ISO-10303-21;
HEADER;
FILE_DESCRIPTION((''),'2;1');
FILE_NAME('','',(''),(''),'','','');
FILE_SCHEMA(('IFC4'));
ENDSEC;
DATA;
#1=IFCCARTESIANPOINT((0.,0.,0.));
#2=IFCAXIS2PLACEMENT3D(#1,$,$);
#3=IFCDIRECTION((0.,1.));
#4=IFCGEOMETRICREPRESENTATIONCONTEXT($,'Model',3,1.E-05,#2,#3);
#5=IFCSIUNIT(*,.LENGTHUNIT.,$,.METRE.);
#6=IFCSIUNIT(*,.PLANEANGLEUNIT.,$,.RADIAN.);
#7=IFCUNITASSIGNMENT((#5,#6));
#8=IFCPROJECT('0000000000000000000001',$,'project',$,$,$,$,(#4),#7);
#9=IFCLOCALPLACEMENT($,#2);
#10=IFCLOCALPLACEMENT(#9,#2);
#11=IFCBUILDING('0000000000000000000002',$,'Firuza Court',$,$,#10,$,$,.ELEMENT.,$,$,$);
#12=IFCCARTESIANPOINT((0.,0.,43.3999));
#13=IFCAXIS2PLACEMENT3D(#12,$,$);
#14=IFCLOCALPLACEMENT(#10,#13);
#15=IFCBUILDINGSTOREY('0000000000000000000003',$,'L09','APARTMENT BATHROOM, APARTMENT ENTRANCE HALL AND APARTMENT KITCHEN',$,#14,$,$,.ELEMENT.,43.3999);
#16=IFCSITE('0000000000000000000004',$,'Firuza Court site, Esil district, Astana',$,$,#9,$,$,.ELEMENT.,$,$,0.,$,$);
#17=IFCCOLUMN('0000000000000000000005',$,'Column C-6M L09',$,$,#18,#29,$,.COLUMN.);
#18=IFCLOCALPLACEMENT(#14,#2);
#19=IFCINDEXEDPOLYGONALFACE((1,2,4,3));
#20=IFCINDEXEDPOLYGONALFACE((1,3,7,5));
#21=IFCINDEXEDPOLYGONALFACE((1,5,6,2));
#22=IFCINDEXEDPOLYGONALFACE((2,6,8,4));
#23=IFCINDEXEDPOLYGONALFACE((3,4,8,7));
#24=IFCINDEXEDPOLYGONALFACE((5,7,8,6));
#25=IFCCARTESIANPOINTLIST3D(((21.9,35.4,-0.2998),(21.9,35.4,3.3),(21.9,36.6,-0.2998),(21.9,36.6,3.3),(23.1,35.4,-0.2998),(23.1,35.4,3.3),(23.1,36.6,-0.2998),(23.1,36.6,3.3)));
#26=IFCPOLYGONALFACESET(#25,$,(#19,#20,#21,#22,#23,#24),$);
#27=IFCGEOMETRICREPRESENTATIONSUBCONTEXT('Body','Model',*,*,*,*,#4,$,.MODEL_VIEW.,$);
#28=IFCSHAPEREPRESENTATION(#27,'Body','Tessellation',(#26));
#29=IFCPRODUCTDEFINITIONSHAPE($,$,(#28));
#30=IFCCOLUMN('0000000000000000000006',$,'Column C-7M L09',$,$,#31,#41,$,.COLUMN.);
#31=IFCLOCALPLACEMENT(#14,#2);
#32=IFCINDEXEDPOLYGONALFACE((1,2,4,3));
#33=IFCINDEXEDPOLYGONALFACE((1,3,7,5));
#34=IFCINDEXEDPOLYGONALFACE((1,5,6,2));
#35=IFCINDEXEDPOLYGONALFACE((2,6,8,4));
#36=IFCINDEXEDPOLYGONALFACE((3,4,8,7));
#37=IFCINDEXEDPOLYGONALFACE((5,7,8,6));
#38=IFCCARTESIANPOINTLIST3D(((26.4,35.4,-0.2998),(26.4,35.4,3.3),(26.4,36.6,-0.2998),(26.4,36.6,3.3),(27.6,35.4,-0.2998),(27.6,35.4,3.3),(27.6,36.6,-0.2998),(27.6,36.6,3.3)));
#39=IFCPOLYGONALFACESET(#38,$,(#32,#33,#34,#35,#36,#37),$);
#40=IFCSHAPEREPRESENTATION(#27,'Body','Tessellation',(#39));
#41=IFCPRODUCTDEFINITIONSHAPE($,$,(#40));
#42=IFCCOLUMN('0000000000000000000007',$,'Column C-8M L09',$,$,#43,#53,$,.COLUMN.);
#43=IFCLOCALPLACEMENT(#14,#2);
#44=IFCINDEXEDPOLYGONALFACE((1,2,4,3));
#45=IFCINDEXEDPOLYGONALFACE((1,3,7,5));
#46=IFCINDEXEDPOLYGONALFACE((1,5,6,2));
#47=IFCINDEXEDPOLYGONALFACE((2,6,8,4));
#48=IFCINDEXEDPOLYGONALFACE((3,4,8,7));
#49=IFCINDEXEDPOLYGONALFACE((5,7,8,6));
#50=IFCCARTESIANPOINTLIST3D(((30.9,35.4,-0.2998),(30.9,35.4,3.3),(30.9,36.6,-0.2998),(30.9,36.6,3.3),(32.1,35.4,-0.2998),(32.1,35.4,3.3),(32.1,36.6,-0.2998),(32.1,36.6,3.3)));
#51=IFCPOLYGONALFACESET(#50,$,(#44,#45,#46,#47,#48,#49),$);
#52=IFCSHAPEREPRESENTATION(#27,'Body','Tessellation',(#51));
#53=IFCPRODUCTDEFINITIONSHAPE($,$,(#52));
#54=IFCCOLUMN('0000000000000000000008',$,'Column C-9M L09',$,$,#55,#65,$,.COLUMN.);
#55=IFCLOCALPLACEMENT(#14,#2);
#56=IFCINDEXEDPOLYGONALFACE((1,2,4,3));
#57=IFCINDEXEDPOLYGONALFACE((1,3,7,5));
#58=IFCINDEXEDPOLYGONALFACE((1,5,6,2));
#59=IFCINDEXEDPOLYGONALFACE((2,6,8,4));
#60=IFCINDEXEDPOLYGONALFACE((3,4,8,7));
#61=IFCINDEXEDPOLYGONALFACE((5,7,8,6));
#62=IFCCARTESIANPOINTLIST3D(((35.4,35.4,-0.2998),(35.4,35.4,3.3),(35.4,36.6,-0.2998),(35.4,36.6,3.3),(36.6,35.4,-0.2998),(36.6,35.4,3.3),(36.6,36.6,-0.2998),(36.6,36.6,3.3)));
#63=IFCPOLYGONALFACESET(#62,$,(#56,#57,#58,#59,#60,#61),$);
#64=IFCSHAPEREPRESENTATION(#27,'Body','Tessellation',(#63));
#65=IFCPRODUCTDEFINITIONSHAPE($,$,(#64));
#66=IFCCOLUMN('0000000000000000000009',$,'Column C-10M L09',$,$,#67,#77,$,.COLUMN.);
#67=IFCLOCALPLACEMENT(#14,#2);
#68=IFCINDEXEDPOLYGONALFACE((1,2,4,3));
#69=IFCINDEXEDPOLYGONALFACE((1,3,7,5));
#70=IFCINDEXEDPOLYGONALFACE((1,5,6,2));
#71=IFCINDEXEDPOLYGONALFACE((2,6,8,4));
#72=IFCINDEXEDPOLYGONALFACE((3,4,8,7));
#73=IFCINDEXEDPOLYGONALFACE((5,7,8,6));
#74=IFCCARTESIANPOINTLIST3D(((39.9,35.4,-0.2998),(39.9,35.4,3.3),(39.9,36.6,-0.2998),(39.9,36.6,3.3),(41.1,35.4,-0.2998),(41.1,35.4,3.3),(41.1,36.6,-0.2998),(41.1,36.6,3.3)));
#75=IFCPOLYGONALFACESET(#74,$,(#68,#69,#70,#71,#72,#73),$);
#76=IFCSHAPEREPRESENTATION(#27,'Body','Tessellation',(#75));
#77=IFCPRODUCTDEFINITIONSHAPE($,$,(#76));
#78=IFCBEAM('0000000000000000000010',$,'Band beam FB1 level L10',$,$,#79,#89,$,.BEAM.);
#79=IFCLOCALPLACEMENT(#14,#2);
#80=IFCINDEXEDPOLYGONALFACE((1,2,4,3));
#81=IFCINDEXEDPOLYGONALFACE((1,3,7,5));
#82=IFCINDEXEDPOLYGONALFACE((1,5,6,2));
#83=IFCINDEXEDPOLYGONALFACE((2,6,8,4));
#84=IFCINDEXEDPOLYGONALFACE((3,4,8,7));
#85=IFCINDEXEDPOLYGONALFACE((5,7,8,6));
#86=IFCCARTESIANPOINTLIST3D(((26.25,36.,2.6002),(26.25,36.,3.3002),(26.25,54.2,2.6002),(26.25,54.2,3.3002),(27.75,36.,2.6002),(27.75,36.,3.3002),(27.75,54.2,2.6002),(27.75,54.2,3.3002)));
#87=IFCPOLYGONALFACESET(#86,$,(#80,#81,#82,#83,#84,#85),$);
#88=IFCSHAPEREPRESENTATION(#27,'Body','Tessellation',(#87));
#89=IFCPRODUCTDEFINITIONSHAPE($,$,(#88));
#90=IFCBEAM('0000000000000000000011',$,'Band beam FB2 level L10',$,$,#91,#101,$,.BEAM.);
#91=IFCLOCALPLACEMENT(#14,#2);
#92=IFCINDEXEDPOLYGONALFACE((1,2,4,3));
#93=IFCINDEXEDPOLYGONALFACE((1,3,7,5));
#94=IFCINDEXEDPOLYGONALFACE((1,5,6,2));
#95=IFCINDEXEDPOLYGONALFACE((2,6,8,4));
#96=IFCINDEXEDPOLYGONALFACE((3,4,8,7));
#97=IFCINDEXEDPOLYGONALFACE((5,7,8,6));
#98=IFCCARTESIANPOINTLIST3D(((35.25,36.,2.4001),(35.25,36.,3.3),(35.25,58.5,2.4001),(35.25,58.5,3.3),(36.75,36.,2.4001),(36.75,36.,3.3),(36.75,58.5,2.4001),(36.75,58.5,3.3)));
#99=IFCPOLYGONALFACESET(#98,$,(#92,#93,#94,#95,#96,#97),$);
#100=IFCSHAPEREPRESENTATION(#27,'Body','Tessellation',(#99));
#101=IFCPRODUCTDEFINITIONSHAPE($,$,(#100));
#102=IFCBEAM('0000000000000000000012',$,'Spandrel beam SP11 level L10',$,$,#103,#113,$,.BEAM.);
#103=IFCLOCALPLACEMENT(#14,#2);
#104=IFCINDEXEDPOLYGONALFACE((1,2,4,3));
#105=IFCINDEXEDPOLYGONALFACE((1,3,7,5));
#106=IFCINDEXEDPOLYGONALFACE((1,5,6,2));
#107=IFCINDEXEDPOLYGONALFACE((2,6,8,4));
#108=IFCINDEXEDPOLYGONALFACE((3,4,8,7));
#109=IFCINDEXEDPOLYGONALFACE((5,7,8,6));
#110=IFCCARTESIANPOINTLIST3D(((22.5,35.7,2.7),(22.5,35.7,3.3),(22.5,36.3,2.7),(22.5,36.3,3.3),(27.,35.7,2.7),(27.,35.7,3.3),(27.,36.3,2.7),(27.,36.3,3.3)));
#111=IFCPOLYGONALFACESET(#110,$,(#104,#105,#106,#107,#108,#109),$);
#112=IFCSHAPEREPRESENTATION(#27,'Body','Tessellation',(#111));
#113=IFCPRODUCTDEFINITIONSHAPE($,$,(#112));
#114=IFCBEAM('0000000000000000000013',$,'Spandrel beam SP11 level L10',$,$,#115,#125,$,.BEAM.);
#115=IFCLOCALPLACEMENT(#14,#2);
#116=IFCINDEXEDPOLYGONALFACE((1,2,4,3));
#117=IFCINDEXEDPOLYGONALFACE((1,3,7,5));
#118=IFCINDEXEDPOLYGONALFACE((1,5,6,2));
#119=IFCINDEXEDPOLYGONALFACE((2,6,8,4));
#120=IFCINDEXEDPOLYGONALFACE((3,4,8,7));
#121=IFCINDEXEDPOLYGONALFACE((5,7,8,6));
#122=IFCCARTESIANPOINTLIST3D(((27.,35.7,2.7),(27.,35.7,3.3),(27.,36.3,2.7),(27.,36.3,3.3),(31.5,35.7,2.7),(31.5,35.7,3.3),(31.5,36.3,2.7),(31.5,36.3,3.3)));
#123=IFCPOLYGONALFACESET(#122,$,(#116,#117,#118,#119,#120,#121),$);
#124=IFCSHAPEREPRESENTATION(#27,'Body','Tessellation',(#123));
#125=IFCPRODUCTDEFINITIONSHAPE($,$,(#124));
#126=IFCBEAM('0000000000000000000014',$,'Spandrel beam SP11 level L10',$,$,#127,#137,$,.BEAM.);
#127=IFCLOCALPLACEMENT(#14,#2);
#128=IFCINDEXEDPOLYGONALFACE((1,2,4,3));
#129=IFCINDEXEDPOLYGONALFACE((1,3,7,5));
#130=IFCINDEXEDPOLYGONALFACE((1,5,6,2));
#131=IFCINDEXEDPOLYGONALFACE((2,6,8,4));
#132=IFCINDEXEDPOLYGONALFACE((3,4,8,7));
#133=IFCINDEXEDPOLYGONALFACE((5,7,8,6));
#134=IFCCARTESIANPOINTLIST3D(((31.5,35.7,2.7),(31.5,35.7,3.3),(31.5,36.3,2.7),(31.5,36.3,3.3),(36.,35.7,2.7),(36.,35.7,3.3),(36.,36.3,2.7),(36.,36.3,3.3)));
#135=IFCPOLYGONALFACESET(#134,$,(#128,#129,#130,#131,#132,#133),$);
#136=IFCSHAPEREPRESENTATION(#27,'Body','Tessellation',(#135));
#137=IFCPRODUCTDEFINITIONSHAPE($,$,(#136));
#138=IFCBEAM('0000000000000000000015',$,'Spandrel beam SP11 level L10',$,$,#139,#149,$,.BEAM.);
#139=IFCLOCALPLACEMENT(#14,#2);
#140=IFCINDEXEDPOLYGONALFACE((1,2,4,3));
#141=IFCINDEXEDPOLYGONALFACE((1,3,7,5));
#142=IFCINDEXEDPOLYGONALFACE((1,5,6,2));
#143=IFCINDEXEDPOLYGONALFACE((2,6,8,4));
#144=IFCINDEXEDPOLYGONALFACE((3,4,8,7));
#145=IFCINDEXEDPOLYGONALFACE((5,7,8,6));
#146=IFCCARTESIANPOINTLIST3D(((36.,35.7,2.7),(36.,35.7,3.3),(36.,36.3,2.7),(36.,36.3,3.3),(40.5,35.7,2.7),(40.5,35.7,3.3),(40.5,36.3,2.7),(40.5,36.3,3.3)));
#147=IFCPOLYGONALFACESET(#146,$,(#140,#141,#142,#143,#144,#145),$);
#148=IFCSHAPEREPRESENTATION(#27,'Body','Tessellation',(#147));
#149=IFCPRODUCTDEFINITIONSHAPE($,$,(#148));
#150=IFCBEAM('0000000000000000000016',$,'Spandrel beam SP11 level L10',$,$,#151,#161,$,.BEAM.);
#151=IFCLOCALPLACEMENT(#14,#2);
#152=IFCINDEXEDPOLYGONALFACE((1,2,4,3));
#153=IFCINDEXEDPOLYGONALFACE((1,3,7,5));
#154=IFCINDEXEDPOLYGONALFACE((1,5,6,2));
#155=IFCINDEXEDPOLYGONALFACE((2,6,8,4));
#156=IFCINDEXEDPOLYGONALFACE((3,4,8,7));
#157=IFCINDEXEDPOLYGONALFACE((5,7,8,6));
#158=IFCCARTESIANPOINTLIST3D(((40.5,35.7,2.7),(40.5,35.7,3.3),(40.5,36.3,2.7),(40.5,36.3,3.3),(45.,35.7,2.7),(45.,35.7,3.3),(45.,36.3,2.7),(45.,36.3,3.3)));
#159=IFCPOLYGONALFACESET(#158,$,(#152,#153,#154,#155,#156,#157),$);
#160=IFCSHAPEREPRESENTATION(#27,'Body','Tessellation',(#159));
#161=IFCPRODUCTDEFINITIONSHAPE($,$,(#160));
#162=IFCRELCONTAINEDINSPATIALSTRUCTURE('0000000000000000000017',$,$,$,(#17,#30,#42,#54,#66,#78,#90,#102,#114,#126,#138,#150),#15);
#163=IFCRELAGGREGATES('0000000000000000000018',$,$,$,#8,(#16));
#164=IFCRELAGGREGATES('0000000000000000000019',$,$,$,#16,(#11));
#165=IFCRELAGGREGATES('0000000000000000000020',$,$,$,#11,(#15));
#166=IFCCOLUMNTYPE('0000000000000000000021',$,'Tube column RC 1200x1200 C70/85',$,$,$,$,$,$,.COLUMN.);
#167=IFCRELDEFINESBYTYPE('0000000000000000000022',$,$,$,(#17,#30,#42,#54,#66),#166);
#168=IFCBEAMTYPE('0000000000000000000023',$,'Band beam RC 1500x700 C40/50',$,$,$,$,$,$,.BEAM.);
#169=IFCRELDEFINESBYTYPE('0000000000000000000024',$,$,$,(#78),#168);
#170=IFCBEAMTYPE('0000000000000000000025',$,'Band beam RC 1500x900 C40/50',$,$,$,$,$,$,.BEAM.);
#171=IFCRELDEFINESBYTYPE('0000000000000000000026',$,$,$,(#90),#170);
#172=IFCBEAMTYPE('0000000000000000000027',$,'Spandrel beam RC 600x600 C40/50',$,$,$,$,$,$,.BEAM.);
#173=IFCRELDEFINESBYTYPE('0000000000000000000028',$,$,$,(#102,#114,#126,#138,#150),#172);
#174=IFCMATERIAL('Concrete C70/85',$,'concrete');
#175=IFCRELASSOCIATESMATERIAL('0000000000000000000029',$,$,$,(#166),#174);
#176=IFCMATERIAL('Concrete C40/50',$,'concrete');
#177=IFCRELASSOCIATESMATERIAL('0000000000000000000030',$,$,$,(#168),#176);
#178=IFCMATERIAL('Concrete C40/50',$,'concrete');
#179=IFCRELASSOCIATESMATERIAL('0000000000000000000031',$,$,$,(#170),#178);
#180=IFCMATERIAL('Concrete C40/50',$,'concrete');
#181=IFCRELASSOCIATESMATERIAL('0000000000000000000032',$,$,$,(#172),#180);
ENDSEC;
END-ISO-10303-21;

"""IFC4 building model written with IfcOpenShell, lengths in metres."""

from ifc_helpers import new_model, si_unit, direction, frame, origin, origin_2d, place, context, subcontext, project, spatial, rectangle, extrude, material, material_profile, profile_set, type_object, element, save


model = new_model("IFC4")

# Units and contexts
model_context = context("Model", 3, precision=1e-05, world=origin(), true_north=direction((0.0, 1.0)))
body_context = subcontext(model_context, "Body", "Model", "MODEL_VIEW")
ifc_project = project(units=[si_unit("LENGTHUNIT", "METRE"), si_unit("PLANEANGLEUNIT", "RADIAN")], contexts=[model_context])

# Site, building, storey
site_placement = place(None, origin())
site = spatial("IfcSite", under=ifc_project, at=site_placement, Name="Firuza Court site, Esil district, Astana", CompositionType="ELEMENT", RefElevation=0.0)
building_placement = place(site_placement, origin())
building = spatial("IfcBuilding", under=site, at=building_placement, Name="Firuza Court", CompositionType="ELEMENT")
storey_placement = place(building_placement, frame((0.0, 0.0, 43.3999)))
storey = spatial("IfcBuildingStorey", under=building, at=storey_placement, Name="L09", Description="APARTMENT BATHROOM, APARTMENT ENTRANCE HALL AND APARTMENT KITCHEN", CompositionType="ELEMENT", Elevation=43.3999)

# Columns
ifc_material_1 = material(Name="Concrete C70/85", Category="concrete")
ifc_material_profile_1 = material_profile(ifc_material_1, rectangle(XDim=1.2, YDim=1.2, at=origin_2d()), Name="RC 1200x1200")
ifc_profile_set_1 = profile_set([ifc_material_profile_1], Name="Concrete C70/85")
column_type = type_object("IfcColumnType", Name="Tube column RC 1200x1200 C70/85", PredefinedType="COLUMN", material=ifc_profile_set_1)
for number, where, z_axis, x_axis, name in (
    (1, (22.5, 36.0, -0.2998), (0.0, 0.0, 1.0), (1.0, 0.0, 0.0), "Column C-6M L09"),
    (2, (27.0, 36.0, -0.2998), (0.0, 0.0, 1.0), (1.0, 0.0, 0.0), "Column C-7M L09"),
    (3, (31.5, 36.0, -0.2998), (0.0, 0.0, 1.0), (1.0, 0.0, 0.0), "Column C-8M L09"),
    (4, (36.0, 36.0, -0.2998), (0.0, 0.0, 1.0), (1.0, 0.0, 0.0), "Column C-9M L09"),
    (5, (40.5, 36.0, -0.2998), (0.0, 0.0, 1.0), (1.0, 0.0, 0.0), "Column C-10M L09"),
):
    element("IfcColumn", number, at=place(storey_placement, frame(where, z_axis=z_axis, x_axis=x_axis)), inside=storey, type_object=column_type, Name=name, PredefinedType="COLUMN", context=body_context, shape_type="SweptSolid", body=[
        extrude(rectangle(XDim=1.2, YDim=1.2, at=origin_2d()), origin(), (0.0, 0.0, 1.0), 3.5999),
    ])

# Beams
ifc_material_2 = material(Name="Concrete C40/50", Category="concrete")
ifc_material_profile_2 = material_profile(ifc_material_2, rectangle(XDim=1.5, YDim=0.7, at=origin_2d()), Name="RC 1500x700")
ifc_profile_set_2 = profile_set([ifc_material_profile_2], Name="Concrete C40/50")
beam_type_1 = type_object("IfcBeamType", Name="Band beam RC 1500x700 C40/50", PredefinedType="BEAM", material=ifc_profile_set_2)
beam_1_placement = place(storey_placement, frame((27.0, 36.0, 2.9502), z_axis=(0.0, 1.0, 0.0), x_axis=(-1.0, 0.0, 0.0)))
element("IfcBeam", 6, at=beam_1_placement, inside=storey, type_object=beam_type_1, Name="Band beam FB1 level L10", PredefinedType="BEAM", context=body_context, shape_type="SweptSolid", body=[
    extrude(rectangle(XDim=1.5, YDim=0.7, at=origin_2d()), origin(), (0.0, 0.0, 1.0), 18.2),
])
ifc_material_3 = material(Name="Concrete C40/50", Category="concrete")
ifc_material_profile_3 = material_profile(ifc_material_3, rectangle(XDim=1.5, YDim=0.8999, at=origin_2d()), Name="RC 1500x900")
ifc_profile_set_3 = profile_set([ifc_material_profile_3], Name="Concrete C40/50")
beam_type_2 = type_object("IfcBeamType", Name="Band beam RC 1500x900 C40/50", PredefinedType="BEAM", material=ifc_profile_set_3)
beam_2_placement = place(storey_placement, frame((36.0, 36.0, 2.8501), z_axis=(0.0, 1.0, 0.0), x_axis=(-1.0, 0.0, 0.0)))
element("IfcBeam", 7, at=beam_2_placement, inside=storey, type_object=beam_type_2, Name="Band beam FB2 level L10", PredefinedType="BEAM", context=body_context, shape_type="SweptSolid", body=[
    extrude(rectangle(XDim=1.5, YDim=0.8999, at=origin_2d()), origin(), (0.0, 0.0, 1.0), 22.5),
])
ifc_material_4 = material(Name="Concrete C40/50", Category="concrete")
ifc_material_profile_4 = material_profile(ifc_material_4, rectangle(XDim=0.6001, YDim=0.6001, at=origin_2d()), Name="RC 600x600")
ifc_profile_set_4 = profile_set([ifc_material_profile_4], Name="Concrete C40/50")
beam_type_3 = type_object("IfcBeamType", Name="Spandrel beam RC 600x600 C40/50", PredefinedType="BEAM", material=ifc_profile_set_4)
for number, where, z_axis, x_axis, name in (
    (8, (22.5, 36.0, 3.0), (1.0, 0.0, 0.0), (0.0, 1.0, 0.0), "Spandrel beam SP11 level L10"),
    (9, (27.0, 36.0, 3.0), (1.0, 0.0, 0.0), (0.0, 1.0, 0.0), "Spandrel beam SP11 level L10"),
    (10, (31.5, 36.0, 3.0), (1.0, 0.0, 0.0), (0.0, 1.0, 0.0), "Spandrel beam SP11 level L10"),
    (11, (36.0, 36.0, 3.0), (1.0, 0.0, 0.0), (0.0, 1.0, 0.0), "Spandrel beam SP11 level L10"),
    (12, (40.5, 36.0, 3.0), (1.0, 0.0, 0.0), (0.0, 1.0, 0.0), "Spandrel beam SP11 level L10"),
):
    element("IfcBeam", number, at=place(storey_placement, frame(where, z_axis=z_axis, x_axis=x_axis)), inside=storey, type_object=beam_type_3, Name=name, PredefinedType="BEAM", context=body_context, shape_type="SweptSolid", body=[
        extrude(rectangle(XDim=0.6001, YDim=0.6001, at=origin_2d()), origin(), (0.0, 0.0, 1.0), 4.5),
    ])

save(model, "model.ifc")
